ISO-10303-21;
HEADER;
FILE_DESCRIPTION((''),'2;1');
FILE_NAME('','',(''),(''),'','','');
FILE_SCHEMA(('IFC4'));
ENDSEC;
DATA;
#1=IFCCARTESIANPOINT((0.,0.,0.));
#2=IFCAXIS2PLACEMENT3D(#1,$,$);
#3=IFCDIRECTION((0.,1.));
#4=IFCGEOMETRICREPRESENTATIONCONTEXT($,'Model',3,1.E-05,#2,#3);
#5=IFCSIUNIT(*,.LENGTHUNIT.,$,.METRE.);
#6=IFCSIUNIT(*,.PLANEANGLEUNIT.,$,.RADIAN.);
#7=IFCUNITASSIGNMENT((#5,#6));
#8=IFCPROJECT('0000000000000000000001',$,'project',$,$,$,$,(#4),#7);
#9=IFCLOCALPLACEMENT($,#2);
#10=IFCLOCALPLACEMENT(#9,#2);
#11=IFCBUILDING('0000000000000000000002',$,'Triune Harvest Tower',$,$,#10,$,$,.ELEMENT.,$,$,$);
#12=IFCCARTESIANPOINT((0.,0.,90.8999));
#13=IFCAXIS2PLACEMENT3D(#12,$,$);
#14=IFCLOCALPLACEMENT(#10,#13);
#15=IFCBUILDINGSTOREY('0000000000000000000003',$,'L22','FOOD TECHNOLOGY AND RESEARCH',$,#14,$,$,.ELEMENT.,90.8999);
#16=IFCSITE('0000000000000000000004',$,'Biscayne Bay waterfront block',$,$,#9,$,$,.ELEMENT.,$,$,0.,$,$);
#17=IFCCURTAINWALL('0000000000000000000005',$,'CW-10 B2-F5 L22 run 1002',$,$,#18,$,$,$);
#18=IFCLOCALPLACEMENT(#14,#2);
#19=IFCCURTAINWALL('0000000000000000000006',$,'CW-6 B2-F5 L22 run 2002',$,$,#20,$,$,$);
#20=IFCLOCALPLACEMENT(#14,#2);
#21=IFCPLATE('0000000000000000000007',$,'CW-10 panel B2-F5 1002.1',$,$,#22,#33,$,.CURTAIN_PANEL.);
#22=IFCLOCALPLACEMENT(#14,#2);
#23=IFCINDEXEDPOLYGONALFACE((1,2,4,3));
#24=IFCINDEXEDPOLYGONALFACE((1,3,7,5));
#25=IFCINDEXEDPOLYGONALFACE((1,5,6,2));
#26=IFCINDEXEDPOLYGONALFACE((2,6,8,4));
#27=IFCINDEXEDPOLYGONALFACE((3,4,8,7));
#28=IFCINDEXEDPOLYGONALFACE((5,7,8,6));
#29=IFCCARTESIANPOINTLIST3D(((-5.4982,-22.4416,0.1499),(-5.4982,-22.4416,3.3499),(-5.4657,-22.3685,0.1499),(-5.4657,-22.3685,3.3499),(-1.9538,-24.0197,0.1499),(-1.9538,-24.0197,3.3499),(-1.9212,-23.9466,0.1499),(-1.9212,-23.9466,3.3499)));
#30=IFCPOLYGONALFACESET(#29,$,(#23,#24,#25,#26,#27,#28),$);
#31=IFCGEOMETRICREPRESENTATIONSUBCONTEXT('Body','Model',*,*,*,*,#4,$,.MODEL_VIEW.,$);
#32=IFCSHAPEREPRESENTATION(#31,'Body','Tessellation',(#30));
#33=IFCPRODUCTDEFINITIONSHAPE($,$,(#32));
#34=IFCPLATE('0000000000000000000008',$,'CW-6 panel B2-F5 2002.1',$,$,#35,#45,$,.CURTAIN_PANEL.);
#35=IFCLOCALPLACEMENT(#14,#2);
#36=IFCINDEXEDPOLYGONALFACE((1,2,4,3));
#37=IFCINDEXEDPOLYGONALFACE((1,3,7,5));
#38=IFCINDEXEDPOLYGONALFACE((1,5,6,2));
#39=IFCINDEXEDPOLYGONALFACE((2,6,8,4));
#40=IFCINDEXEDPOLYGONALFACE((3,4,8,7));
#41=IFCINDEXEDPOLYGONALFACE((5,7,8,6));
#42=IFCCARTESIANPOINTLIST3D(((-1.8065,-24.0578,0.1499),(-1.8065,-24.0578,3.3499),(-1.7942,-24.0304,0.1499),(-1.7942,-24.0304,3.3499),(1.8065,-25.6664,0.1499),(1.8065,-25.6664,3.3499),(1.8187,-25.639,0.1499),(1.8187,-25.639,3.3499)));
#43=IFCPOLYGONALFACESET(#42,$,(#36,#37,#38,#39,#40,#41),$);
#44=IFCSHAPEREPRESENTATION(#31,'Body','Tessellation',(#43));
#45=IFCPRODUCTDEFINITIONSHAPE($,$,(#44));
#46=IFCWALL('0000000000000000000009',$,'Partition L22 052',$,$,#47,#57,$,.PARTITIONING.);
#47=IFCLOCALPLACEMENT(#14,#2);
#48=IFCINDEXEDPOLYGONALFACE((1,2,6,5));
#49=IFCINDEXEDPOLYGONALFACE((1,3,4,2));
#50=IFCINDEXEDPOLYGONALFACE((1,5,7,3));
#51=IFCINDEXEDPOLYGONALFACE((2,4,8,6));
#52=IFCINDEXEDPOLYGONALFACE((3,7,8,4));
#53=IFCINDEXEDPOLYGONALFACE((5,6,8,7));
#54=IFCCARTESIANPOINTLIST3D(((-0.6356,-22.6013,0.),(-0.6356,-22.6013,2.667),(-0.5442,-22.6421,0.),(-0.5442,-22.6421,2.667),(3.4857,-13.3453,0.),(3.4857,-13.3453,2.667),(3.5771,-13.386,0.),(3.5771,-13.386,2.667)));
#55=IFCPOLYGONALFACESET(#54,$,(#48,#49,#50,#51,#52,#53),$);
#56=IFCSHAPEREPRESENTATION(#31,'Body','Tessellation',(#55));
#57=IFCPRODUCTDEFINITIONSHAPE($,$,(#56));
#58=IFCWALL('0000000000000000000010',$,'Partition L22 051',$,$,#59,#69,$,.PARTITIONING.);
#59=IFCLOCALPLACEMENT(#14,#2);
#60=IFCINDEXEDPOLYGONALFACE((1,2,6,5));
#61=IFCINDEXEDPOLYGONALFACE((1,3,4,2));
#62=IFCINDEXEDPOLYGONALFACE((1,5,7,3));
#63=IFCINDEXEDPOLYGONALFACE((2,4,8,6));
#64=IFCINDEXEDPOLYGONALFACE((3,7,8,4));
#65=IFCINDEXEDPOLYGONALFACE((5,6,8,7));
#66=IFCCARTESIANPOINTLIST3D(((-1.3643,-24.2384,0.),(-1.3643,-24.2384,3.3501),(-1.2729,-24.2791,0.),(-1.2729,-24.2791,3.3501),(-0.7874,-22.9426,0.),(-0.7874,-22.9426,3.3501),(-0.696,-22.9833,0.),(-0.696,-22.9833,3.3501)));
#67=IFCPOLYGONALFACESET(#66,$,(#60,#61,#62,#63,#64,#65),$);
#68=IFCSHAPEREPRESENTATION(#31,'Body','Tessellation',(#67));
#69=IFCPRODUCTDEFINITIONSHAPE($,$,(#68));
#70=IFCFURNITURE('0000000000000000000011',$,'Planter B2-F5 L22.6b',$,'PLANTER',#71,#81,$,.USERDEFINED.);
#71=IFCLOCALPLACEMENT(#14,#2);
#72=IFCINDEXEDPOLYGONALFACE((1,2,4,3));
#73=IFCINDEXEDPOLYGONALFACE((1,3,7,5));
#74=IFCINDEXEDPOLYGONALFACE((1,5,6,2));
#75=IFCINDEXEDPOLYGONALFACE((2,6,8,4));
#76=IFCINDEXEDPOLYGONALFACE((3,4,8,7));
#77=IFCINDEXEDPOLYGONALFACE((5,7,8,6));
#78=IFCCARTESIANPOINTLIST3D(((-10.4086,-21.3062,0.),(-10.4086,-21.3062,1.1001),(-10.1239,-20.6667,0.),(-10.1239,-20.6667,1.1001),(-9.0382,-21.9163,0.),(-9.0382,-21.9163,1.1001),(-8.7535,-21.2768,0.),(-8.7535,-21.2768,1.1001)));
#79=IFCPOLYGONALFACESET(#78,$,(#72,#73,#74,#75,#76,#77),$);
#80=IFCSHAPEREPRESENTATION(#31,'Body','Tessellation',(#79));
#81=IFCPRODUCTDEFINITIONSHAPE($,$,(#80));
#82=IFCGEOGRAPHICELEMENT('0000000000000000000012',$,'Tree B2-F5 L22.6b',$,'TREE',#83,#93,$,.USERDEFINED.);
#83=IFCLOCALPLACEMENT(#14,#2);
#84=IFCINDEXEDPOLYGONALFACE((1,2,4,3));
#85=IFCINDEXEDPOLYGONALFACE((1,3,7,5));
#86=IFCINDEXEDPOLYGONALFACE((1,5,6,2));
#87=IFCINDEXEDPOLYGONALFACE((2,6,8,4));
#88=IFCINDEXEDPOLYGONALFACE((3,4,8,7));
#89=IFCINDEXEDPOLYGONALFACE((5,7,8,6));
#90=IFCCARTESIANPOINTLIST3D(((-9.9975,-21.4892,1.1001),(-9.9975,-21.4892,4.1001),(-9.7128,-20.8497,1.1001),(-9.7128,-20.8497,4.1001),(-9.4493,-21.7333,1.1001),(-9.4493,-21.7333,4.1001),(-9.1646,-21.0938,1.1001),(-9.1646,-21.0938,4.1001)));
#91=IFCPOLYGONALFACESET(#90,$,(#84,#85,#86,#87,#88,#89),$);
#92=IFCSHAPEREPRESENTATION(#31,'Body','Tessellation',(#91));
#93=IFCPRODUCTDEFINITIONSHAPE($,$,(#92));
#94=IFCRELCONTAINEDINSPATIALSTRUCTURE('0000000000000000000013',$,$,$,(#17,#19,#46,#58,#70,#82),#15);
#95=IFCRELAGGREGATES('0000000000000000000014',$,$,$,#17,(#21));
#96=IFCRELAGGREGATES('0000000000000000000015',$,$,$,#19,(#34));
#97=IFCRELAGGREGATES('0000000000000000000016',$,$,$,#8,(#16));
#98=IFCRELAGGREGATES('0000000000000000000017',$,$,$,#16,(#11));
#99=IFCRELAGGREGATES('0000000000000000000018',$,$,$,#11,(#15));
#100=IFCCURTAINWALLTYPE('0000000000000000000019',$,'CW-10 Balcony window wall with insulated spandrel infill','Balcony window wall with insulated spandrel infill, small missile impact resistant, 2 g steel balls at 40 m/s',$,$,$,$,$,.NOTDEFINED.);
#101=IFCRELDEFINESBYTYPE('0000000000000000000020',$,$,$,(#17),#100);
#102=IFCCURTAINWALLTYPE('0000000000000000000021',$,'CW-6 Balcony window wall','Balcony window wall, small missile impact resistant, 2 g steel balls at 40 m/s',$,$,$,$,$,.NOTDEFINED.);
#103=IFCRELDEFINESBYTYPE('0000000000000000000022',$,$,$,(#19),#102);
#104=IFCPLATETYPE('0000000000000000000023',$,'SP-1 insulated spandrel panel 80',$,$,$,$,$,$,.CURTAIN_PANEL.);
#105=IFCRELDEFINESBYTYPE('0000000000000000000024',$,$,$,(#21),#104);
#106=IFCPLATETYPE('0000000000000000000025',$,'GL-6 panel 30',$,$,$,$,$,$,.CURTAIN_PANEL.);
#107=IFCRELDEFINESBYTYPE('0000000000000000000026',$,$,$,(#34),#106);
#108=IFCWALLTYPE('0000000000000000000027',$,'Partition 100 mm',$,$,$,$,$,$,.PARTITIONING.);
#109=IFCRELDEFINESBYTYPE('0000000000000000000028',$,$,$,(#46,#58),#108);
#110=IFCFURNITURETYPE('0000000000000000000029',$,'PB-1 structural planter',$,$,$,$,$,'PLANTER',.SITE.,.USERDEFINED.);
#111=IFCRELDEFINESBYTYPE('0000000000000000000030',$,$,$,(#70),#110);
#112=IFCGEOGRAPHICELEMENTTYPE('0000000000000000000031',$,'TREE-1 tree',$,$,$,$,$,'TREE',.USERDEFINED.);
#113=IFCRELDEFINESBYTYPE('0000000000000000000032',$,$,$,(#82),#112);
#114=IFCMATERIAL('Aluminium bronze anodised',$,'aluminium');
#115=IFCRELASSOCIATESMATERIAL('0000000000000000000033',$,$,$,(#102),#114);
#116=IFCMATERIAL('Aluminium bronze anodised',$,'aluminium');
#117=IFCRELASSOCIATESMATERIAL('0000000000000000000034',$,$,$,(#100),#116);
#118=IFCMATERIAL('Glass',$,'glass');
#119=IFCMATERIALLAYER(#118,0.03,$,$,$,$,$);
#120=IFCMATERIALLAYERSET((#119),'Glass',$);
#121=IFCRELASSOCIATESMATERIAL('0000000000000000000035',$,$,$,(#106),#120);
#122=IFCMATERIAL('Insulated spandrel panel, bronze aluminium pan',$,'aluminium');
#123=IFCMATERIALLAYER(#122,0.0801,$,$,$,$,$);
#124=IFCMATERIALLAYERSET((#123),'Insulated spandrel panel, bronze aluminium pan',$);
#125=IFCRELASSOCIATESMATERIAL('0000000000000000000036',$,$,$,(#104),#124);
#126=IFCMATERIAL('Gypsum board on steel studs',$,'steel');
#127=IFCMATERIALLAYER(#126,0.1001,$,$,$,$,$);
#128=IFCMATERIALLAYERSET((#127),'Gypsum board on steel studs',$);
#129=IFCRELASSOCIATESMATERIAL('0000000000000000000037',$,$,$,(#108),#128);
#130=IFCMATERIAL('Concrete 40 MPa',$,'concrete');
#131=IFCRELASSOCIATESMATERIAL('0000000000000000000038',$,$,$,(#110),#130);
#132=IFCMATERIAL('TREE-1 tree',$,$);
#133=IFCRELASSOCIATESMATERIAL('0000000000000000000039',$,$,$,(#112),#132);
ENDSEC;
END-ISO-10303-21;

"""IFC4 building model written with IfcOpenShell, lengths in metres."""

from ifc_helpers import new_model, si_unit, direction, frame, frame_2d, origin, origin_2d, place, context, subcontext, project, spatial, rectangle, extrude, source, transform, mapped, material, layer, layer_set, type_object, element, aggregate, save


model = new_model("IFC4")

# Units and contexts
model_context = context("Model", 3, precision=1e-05, world=origin(), true_north=direction((0.0, 1.0)))
body_context = subcontext(model_context, "Body", "Model", "MODEL_VIEW")
ifc_project = project(units=[si_unit("LENGTHUNIT", "METRE"), si_unit("PLANEANGLEUNIT", "RADIAN")], contexts=[model_context])

# Site, building, storey
site_placement = place(None, origin())
site = spatial("IfcSite", under=ifc_project, at=site_placement, Name="Biscayne Bay waterfront block", CompositionType="ELEMENT", RefElevation=0.0)
building_placement = place(site_placement, origin())
building = spatial("IfcBuilding", under=site, at=building_placement, Name="Triune Harvest Tower", CompositionType="ELEMENT")
storey_placement = place(building_placement, frame((0.0, 0.0, 90.8999)))
storey = spatial("IfcBuildingStorey", under=building, at=storey_placement, Name="L22", Description="FOOD TECHNOLOGY AND RESEARCH", CompositionType="ELEMENT", Elevation=90.8999)

# Curtain wall
ifc_material_1 = material(Name="Aluminium bronze anodised", Category="aluminium")
curtain_wall_type_1 = type_object("IfcCurtainWallType", Name="CW-6 Balcony window wall", Description="Balcony window wall, small missile impact resistant, 2 g steel balls at 40 m/s", PredefinedType="NOTDEFINED", material=ifc_material_1)
ifc_material_2 = material(Name="Aluminium bronze anodised", Category="aluminium")
curtain_wall_type_2 = type_object("IfcCurtainWallType", Name="CW-10 Balcony window wall with insulated spandrel infill", Description="Balcony window wall with insulated spandrel infill, small missile impact resistant, 2 g steel balls at 40 m/s", PredefinedType="NOTDEFINED", material=ifc_material_2)
curtain_wall_1_placement = place(storey_placement, origin())
curtain_wall_1 = element("IfcCurtainWall", 1, at=curtain_wall_1_placement, inside=storey, type_object=curtain_wall_type_2, Name="CW-10 B2-F5 L22 run 1002")

# Curtain wall
curtain_wall_2_placement = place(storey_placement, origin())
curtain_wall_2 = element("IfcCurtainWall", 2, at=curtain_wall_2_placement, inside=storey, type_object=curtain_wall_type_1, Name="CW-6 B2-F5 L22 run 2002")

# Plates
ifc_material_3 = material(Name="Glass", Category="glass")
ifc_layer_1 = layer(ifc_material_3, 0.03)
ifc_layer_set_1 = layer_set([ifc_layer_1], Name="Glass")
plate_type_1 = type_object("IfcPlateType", Name="GL-6 panel 30", PredefinedType="CURTAIN_PANEL", material=ifc_layer_set_1)
ifc_material_4 = material(Name="Insulated spandrel panel, bronze aluminium pan", Category="aluminium")
ifc_layer_2 = layer(ifc_material_4, 0.0801)
ifc_layer_set_2 = layer_set([ifc_layer_2], Name="Insulated spandrel panel, bronze aluminium pan")
plate_type_2 = type_object("IfcPlateType", Name="SP-1 insulated spandrel panel 80", PredefinedType="CURTAIN_PANEL", material=ifc_layer_set_2)
plate_1_placement = place(storey_placement, frame((-3.7097, -23.1941, 0.1499), z_axis=(0.0, 0.0, 1.0), x_axis=(0.913546, -0.406735, 0.0)))
plate_1 = element("IfcPlate", 3, at=plate_1_placement, type_object=plate_type_2, Name="CW-10 panel B2-F5 1002.1", PredefinedType="CURTAIN_PANEL", context=body_context, shape_type="SweptSolid", body=[
    extrude(rectangle(XDim=3.8799, YDim=0.0801, at=origin_2d()), origin(), (0.0, 0.0, 1.0), 3.2),
])
aggregate(curtain_wall_1, [plate_1])
shared_shape_1 = source(origin(), body_context, "Body", "SweptSolid", [
    extrude(rectangle(XDim=3.9548, YDim=0.03, at=origin_2d()), origin(), (0.0, 0.0, 1.0), 3.2),
])
plate_2_placement = place(storey_placement, frame((0.0061, -24.8484, 0.1499), z_axis=(0.0, 0.0, 1.0), x_axis=(0.913544, -0.406739, 0.0)))
plate_2 = element("IfcPlate", 4, at=plate_2_placement, type_object=plate_type_1, Name="CW-6 panel B2-F5 2002.1", PredefinedType="CURTAIN_PANEL", context=body_context, shape_type="MappedRepresentation", body=[
    mapped(shared_shape_1, transform((0.0, 0.0, 0.0), scale=1.0)),
])
aggregate(curtain_wall_2, [plate_2])

# Wall
ifc_material_5 = material(Name="Gypsum board on steel studs", Category="steel")
ifc_layer_3 = layer(ifc_material_5, 0.1001)
ifc_layer_set_3 = layer_set([ifc_layer_3], Name="Gypsum board on steel studs")
wall_type_1 = type_object("IfcWallType", Name="Partition 100 mm", PredefinedType="PARTITIONING", material=ifc_layer_set_3)
wall_1_placement = place(storey_placement, frame((-0.5898, -22.6216, 0.0), z_axis=(0.0, 0.0, 1.0), x_axis=(0.406758, 0.913536, 0.0)))
element("IfcWall", 5, at=wall_1_placement, inside=storey, type_object=wall_type_1, Name="Partition L22 052", PredefinedType="PARTITIONING", context=body_context, shape_type="SweptSolid", body=[
    extrude(rectangle(XDim=10.1321, YDim=0.1001, at=frame_2d((5.0659, 0.0))), origin(), (0.0, 0.0, 1.0), 2.667),
])

# Wall
shared_shape_2 = source(origin(), body_context, "Body", "SweptSolid", [
    extrude(rectangle(XDim=1.4185, YDim=0.1001, at=frame_2d((0.7092, 0.0))), origin(), (0.0, 0.0, 1.0), 3.3501),
])
wall_2_placement = place(storey_placement, frame((-1.3186, -24.2588, 0.0), z_axis=(0.0, 0.0, 1.0), x_axis=(0.406697, 0.913563, 0.0)))
element("IfcWall", 6, at=wall_2_placement, inside=storey, type_object=wall_type_1, Name="Partition L22 051", PredefinedType="PARTITIONING", context=body_context, shape_type="MappedRepresentation", body=[
    mapped(shared_shape_2, transform((0.0, 0.0, 0.0), scale=1.0)),
])

# Furniture
ifc_material_6 = material(Name="Concrete 40 MPa", Category="concrete")
furniture_type = type_object("IfcFurnitureType", Name="PB-1 structural planter", ElementType="PLANTER", AssemblyPlace="SITE", PredefinedType="USERDEFINED", material=ifc_material_6)
shared_shape_3 = source(origin(), body_context, "Body", "SweptSolid", [
    extrude(rectangle(XDim=1.5, YDim=0.7, at=origin_2d()), origin(), (0.0, 0.0, 1.0), 1.1001),
])
furniture_placement = place(storey_placement, frame((-9.5811, -21.2915, 0.0), z_axis=(0.0, 0.0, 1.0), x_axis=(0.913545, -0.406737, 0.0)))
element("IfcFurniture", 7, at=furniture_placement, inside=storey, type_object=furniture_type, Name="Planter B2-F5 L22.6b", ObjectType="PLANTER", PredefinedType="USERDEFINED", context=body_context, shape_type="MappedRepresentation", body=[
    mapped(shared_shape_3, transform((0.0, 0.0, 0.0), scale=1.0)),
])

# Geographic element
ifc_material_7 = material(Name="TREE-1 tree")
geographic_element_type = type_object("IfcGeographicElementType", Name="TREE-1 tree", ElementType="TREE", PredefinedType="USERDEFINED", material=ifc_material_7)
shared_shape_4 = source(origin(), body_context, "Body", "SweptSolid", [
    extrude(rectangle(XDim=0.6001, YDim=0.7, at=origin_2d()), origin(), (0.0, 0.0, 1.0), 3.0),
])
geographic_element_placement = place(storey_placement, frame((-9.5811, -21.2915, 1.1001), z_axis=(0.0, 0.0, 1.0), x_axis=(0.913545, -0.406737, 0.0)))
element("IfcGeographicElement", 8, at=geographic_element_placement, inside=storey, type_object=geographic_element_type, Name="Tree B2-F5 L22.6b", ObjectType="TREE", PredefinedType="USERDEFINED", context=body_context, shape_type="MappedRepresentation", body=[
    mapped(shared_shape_4, transform((0.0, 0.0, 0.0), scale=1.0)),
])

save(model, "model.ifc")
